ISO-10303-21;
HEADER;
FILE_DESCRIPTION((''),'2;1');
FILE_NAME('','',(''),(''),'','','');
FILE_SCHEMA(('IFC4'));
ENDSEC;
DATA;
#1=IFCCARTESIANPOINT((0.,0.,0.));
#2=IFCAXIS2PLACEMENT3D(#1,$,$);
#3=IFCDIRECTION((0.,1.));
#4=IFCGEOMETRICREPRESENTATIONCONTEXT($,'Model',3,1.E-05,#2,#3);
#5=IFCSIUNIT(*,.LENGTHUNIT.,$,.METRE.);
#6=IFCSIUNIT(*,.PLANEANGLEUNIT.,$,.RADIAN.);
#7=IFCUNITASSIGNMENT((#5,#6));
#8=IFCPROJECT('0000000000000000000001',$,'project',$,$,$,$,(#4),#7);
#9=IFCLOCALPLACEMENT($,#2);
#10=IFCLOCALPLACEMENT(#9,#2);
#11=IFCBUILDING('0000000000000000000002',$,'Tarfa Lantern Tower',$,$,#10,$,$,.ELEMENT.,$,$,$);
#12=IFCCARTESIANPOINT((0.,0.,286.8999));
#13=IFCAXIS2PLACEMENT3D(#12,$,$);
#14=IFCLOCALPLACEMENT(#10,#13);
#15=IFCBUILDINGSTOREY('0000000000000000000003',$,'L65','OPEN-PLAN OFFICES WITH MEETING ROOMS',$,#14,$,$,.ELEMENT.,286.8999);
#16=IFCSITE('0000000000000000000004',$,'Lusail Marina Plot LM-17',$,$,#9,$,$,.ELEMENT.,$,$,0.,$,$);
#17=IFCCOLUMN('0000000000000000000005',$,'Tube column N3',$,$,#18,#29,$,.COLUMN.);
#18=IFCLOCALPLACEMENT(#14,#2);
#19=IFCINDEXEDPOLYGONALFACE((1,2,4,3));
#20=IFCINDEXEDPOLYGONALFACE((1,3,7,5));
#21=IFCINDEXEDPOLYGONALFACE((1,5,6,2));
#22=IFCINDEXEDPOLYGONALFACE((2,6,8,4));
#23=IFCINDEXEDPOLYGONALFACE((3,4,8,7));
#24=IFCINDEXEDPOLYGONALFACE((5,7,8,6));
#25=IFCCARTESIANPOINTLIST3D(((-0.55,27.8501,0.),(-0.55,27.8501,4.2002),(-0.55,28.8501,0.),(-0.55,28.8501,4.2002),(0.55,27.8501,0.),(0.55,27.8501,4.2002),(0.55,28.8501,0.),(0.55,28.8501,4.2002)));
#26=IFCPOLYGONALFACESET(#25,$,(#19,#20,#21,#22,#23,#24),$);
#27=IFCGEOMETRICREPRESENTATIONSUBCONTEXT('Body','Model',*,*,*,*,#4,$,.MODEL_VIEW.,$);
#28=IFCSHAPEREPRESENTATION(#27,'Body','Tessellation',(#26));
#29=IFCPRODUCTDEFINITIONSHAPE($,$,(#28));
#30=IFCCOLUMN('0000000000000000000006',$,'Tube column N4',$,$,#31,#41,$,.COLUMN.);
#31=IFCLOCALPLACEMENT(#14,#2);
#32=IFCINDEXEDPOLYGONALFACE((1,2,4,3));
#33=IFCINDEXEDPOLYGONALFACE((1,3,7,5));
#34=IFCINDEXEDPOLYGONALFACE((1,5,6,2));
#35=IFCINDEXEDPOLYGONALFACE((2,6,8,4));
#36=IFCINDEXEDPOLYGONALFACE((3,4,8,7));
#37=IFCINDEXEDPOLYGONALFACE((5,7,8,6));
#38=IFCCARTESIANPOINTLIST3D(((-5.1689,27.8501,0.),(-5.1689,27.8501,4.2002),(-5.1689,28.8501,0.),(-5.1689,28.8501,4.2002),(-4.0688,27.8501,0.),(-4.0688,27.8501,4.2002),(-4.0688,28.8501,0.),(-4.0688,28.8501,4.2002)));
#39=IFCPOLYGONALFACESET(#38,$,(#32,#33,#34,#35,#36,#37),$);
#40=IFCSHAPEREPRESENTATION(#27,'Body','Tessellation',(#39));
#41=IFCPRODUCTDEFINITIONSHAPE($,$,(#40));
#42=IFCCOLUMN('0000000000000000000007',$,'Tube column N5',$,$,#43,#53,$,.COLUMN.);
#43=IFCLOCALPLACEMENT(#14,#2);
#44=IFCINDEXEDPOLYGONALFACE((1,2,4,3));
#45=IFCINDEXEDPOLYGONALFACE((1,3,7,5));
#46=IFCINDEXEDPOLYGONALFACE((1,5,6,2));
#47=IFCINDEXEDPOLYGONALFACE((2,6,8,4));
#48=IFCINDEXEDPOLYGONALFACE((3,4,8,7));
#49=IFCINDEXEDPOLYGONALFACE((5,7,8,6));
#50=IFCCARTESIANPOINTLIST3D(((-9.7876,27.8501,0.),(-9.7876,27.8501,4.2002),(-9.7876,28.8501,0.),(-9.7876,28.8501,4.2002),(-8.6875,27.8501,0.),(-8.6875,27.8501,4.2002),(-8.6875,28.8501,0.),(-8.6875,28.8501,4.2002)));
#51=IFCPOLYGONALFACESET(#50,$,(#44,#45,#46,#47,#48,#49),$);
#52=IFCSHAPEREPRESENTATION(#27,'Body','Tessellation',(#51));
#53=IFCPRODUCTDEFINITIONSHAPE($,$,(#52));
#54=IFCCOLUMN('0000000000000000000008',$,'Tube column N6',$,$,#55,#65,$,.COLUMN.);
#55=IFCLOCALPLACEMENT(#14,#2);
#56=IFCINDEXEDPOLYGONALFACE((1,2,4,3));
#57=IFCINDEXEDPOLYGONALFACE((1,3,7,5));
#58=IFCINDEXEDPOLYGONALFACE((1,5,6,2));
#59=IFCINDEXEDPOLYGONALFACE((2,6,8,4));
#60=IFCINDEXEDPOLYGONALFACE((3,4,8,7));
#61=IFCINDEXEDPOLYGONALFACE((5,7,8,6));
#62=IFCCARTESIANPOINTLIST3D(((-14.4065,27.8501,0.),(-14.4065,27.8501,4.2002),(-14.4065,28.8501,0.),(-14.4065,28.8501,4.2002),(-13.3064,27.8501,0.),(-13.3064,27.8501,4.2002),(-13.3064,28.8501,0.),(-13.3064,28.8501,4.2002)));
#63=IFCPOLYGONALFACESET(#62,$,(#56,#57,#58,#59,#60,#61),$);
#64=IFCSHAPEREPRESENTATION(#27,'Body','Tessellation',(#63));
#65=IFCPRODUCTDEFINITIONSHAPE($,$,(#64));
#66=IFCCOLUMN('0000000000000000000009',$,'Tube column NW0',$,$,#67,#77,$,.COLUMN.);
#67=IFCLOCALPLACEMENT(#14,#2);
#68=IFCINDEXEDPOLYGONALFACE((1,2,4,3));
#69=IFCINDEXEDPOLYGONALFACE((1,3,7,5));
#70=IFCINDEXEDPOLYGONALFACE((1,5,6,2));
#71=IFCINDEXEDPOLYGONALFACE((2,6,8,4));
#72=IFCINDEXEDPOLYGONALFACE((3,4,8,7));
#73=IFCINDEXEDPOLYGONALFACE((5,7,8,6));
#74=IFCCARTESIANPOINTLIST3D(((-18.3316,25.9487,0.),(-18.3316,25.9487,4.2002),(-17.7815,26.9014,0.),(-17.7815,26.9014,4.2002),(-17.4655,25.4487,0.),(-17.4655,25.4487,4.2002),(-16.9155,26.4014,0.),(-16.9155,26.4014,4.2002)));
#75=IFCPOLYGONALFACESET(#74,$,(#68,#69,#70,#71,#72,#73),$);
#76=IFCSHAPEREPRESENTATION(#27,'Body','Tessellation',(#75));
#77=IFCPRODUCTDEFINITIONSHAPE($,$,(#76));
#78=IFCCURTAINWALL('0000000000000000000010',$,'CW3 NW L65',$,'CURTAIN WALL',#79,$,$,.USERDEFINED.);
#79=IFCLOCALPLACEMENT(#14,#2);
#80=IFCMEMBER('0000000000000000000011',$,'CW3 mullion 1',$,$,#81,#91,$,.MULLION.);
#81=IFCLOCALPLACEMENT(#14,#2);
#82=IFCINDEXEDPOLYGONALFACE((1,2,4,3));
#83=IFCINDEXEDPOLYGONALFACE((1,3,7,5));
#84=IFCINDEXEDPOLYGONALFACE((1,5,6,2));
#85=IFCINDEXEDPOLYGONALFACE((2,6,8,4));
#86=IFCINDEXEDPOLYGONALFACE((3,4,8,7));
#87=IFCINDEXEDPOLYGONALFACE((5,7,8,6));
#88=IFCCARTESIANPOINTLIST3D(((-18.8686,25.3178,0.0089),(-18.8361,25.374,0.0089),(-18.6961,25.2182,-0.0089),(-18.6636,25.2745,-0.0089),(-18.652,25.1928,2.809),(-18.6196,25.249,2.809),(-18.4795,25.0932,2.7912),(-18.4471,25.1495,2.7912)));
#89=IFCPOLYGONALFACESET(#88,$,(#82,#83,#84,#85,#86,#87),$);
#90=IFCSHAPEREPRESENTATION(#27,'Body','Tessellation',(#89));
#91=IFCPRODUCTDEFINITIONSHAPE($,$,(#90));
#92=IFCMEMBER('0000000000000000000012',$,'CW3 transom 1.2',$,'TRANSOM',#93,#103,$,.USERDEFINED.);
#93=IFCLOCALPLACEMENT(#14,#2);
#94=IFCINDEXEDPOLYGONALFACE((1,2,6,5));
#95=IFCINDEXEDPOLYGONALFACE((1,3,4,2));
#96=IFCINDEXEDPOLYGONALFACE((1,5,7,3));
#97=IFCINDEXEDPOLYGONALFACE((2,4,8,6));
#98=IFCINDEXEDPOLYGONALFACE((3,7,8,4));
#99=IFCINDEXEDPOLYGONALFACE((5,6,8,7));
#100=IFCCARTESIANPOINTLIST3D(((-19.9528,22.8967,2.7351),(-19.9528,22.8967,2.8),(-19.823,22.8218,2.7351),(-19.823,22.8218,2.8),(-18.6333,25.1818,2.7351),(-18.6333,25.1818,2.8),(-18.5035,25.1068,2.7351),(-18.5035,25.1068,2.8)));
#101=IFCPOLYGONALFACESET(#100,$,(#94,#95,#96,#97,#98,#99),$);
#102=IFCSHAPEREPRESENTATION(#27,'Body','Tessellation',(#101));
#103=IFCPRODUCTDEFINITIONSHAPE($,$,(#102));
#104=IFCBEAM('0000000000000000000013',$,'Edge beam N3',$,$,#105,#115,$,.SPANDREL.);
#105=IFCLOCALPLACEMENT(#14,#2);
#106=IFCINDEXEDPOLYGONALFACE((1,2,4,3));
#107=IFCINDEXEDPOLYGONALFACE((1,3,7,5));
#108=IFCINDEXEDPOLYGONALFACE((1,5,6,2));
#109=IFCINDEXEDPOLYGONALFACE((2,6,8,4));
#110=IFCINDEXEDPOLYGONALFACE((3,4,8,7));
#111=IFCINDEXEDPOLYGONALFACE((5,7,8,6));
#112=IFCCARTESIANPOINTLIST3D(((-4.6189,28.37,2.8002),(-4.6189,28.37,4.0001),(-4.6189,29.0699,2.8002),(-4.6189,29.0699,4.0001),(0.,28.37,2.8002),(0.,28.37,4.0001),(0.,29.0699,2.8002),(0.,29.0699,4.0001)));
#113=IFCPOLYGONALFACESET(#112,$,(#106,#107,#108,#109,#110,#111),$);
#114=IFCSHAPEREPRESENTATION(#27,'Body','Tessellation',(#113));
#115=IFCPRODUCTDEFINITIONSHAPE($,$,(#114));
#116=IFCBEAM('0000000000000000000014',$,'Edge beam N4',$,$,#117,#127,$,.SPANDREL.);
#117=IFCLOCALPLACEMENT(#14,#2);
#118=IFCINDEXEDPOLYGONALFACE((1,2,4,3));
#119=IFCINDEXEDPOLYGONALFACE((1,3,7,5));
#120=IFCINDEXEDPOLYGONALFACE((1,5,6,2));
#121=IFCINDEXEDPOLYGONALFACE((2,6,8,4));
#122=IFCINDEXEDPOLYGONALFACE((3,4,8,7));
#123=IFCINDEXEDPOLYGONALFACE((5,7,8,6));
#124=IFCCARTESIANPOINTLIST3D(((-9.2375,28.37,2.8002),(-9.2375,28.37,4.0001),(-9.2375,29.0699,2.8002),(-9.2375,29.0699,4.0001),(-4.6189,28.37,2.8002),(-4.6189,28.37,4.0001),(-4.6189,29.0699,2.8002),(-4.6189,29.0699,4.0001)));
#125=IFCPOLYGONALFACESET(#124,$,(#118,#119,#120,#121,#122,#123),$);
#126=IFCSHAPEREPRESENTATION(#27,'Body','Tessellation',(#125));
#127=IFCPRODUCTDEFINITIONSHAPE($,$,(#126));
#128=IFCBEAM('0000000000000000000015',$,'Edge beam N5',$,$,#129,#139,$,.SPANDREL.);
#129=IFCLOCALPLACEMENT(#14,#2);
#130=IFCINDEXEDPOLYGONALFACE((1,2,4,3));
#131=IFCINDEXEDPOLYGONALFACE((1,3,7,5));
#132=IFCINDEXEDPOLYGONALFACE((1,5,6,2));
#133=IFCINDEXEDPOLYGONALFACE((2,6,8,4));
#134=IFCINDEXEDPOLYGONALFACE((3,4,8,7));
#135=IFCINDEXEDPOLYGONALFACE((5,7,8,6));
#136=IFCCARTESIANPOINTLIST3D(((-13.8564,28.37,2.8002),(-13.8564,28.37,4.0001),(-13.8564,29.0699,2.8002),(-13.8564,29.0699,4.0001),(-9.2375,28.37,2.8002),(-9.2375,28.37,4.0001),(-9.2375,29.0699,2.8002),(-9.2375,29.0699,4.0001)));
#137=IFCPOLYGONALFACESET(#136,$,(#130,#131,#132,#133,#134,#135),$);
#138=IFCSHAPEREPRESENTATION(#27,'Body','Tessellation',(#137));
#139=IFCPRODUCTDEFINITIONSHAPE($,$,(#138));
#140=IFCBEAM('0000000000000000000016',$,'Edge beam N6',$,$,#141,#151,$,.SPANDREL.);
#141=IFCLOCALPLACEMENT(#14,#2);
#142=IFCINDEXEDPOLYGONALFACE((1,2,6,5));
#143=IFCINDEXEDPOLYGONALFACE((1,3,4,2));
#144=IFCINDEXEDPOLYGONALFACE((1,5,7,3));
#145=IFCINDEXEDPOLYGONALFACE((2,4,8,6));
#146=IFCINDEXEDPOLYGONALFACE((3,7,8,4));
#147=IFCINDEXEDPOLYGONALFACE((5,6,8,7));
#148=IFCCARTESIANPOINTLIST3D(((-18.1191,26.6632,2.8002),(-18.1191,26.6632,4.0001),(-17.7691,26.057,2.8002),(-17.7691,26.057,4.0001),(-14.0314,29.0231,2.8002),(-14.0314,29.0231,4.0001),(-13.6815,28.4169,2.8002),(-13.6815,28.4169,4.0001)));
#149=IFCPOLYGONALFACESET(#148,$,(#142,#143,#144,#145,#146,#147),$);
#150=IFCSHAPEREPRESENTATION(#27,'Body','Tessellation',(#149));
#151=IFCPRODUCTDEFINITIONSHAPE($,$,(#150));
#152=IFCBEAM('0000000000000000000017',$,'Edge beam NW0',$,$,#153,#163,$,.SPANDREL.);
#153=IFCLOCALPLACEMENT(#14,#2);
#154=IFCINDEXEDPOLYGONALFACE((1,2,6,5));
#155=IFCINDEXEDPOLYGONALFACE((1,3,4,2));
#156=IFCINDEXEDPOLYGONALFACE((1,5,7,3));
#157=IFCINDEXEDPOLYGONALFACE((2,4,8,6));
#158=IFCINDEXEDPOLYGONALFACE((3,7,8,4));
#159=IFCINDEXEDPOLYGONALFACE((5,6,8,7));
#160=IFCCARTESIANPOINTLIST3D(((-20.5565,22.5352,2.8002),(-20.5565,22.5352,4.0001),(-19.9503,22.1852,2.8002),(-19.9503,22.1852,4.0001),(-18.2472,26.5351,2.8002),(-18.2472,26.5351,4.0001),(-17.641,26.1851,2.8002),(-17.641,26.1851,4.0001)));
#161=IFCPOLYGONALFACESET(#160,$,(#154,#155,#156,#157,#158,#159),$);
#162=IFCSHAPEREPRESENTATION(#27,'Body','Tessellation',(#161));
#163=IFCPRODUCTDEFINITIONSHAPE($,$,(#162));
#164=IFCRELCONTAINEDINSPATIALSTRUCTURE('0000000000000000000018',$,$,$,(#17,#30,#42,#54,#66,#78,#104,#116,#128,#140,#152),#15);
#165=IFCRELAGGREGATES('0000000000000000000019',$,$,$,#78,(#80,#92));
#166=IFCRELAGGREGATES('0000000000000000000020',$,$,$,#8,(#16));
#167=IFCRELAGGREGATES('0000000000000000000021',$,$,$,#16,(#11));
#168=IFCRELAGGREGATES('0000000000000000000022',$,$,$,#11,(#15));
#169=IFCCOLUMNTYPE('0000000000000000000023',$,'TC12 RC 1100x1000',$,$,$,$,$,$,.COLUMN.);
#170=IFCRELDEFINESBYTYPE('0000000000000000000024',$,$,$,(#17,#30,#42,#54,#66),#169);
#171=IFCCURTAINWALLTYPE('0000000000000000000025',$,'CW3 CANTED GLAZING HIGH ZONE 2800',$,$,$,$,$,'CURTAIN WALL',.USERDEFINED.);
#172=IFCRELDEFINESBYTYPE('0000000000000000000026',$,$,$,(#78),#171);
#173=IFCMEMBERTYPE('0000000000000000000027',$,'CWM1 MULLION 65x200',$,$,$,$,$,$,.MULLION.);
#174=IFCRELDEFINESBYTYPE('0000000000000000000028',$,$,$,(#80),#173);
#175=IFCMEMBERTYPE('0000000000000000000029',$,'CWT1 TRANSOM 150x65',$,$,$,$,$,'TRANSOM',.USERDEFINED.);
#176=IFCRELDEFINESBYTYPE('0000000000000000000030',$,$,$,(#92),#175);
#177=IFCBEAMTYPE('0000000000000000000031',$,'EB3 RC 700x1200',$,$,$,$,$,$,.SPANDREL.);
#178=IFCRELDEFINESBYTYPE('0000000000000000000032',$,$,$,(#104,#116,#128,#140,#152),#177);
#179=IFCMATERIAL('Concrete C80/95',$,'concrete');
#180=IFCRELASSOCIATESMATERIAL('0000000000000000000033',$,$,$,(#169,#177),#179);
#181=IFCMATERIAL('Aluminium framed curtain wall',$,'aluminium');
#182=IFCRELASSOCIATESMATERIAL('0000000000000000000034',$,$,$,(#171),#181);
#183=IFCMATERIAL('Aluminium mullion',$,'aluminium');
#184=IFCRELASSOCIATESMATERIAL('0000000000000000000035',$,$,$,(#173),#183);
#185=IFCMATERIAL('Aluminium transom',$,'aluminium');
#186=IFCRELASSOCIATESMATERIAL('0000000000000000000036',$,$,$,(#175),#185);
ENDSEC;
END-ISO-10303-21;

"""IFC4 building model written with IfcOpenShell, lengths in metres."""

from ifc_helpers import new_model, si_unit, direction, frame, origin, origin_2d, place, context, subcontext, project, spatial, rectangle, extrude, material, material_profile, profile_set, type_object, element, aggregate, save


model = new_model("IFC4")

# Units and contexts
model_context = context("Model", 3, precision=1e-05, world=origin(), true_north=direction((0.0, 1.0)))
body_context = subcontext(model_context, "Body", "Model", "MODEL_VIEW")
ifc_project = project(units=[si_unit("LENGTHUNIT", "METRE"), si_unit("PLANEANGLEUNIT", "RADIAN")], contexts=[model_context])

# Site, building, storey
site_placement = place(None, origin())
site = spatial("IfcSite", under=ifc_project, at=site_placement, Name="Lusail Marina Plot LM-17", CompositionType="ELEMENT", RefElevation=0.0)
building_placement = place(site_placement, origin())
building = spatial("IfcBuilding", under=site, at=building_placement, Name="Tarfa Lantern Tower", CompositionType="ELEMENT")
storey_placement = place(building_placement, frame((0.0, 0.0, 286.8999)))
storey = spatial("IfcBuildingStorey", under=building, at=storey_placement, Name="L65", Description="OPEN-PLAN OFFICES WITH MEETING ROOMS", CompositionType="ELEMENT", Elevation=286.8999)

# Columns
ifc_material_1 = material(Name="Concrete C80/95", Category="concrete")
ifc_material_profile_1 = material_profile(ifc_material_1, rectangle(XDim=1.1001, YDim=1.0, at=origin_2d()), Name="RC 1100x1000")
ifc_profile_set_1 = profile_set([ifc_material_profile_1], Name="Concrete C80/95")
column_type = type_object("IfcColumnType", Name="TC12 RC 1100x1000", PredefinedType="COLUMN", material=ifc_profile_set_1)
for number, where, z_axis, x_axis, name in (
    (1, (0.0, 28.3501, 0.0), (0.0, 0.0, 1.0), (-1.0, 0.0, 0.0), "Tube column N3"),
    (2, (-4.6189, 28.3501, 0.0), (0.0, 0.0, 1.0), (-1.0, 0.0, 0.0), "Tube column N4"),
    (3, (-9.2375, 28.3501, 0.0), (0.0, 0.0, 1.0), (-1.0, 0.0, 0.0), "Tube column N5"),
    (4, (-13.8564, 28.3501, 0.0), (0.0, 0.0, 1.0), (-1.0, 0.0, 0.0), "Tube column N6"),
    (5, (-17.6235, 26.175, 0.0), (0.0, 0.0, 1.0), (-0.5, -0.866025, 0.0), "Tube column NW0"),
):
    element("IfcColumn", number, at=place(storey_placement, frame(where, z_axis=z_axis, x_axis=x_axis)), inside=storey, type_object=column_type, Name=name, PredefinedType="COLUMN", context=body_context, shape_type="SweptSolid", body=[
        extrude(rectangle(XDim=1.1001, YDim=1.0, at=origin_2d()), origin(), (0.0, 0.0, 1.0), 4.2002),
    ])

# Curtain wall, members
ifc_material_2 = material(Name="Aluminium framed curtain wall", Category="aluminium")
curtain_wall_type = type_object("IfcCurtainWallType", Name="CW3 CANTED GLAZING HIGH ZONE 2800", ElementType="CURTAIN WALL", PredefinedType="USERDEFINED", material=ifc_material_2)
curtain_wall_placement = place(storey_placement, origin())
curtain_wall = element("IfcCurtainWall", 6, at=curtain_wall_placement, inside=storey, type_object=curtain_wall_type, Name="CW3 NW L65", ObjectType="CURTAIN WALL", PredefinedType="USERDEFINED")
ifc_material_3 = material(Name="Aluminium mullion", Category="aluminium")
ifc_material_profile_2 = material_profile(ifc_material_3, rectangle(XDim=0.0649, YDim=0.2, at=origin_2d()), Name="AL MULLION 65x200")
ifc_profile_set_2 = profile_set([ifc_material_profile_2], Name="Aluminium mullion")
member_type_1 = type_object("IfcMemberType", Name="CWM1 MULLION 65x200", PredefinedType="MULLION", material=ifc_profile_set_2)
member_1_placement = place(storey_placement, frame((-18.7661, 25.2961, 0.0), z_axis=(0.077032, -0.044465, 0.996037), x_axis=(0.49992, 0.866072, 0.0)))
member_1 = element("IfcMember", 7, at=member_1_placement, type_object=member_type_1, Name="CW3 mullion 1", PredefinedType="MULLION", context=body_context, shape_type="SweptSolid", body=[
    extrude(rectangle(XDim=0.0649, YDim=0.2, at=origin_2d()), origin(), (0.0, 0.0, 1.0), 2.8113),
])
ifc_material_4 = material(Name="Aluminium transom", Category="aluminium")
ifc_material_profile_3 = material_profile(ifc_material_4, rectangle(XDim=0.1499, YDim=0.0649, at=origin_2d()), Name="AL TRANSOM 150x65")
ifc_profile_set_3 = profile_set([ifc_material_profile_3], Name="Aluminium transom")
member_type_2 = type_object("IfcMemberType", Name="CWT1 TRANSOM 150x65", ElementType="TRANSOM", PredefinedType="USERDEFINED", material=ifc_profile_set_3)
member_2_placement = place(storey_placement, frame((-18.5684, 25.1443, 2.7676), z_axis=(-0.500069, -0.865985, 0.0), x_axis=(0.865985, -0.500069, 0.0)))
member_2 = element("IfcMember", 8, at=member_2_placement, type_object=member_type_2, Name="CW3 transom 1.2", ObjectType="TRANSOM", PredefinedType="USERDEFINED", context=body_context, shape_type="SweptSolid", body=[
    extrude(rectangle(XDim=0.1499, YDim=0.0649, at=origin_2d()), origin(), (0.0, 0.0, 1.0), 2.6387),
])

# Beams
ifc_material_profile_4 = material_profile(ifc_material_1, rectangle(XDim=0.7, YDim=1.2, at=origin_2d()), Name="RC 700x1200")
ifc_profile_set_4 = profile_set([ifc_material_profile_4], Name="Concrete C80/95")
beam_type_1 = type_object("IfcBeamType", Name="EB3 RC 700x1200", PredefinedType="SPANDREL", material=ifc_profile_set_4)
beam_1_placement = place(storey_placement, frame((0.0, 28.72, 3.4001), z_axis=(-1.0, 0.0, 0.0), x_axis=(0.0, -1.0, 0.0)))
element("IfcBeam", 9, at=beam_1_placement, inside=storey, type_object=beam_type_1, Name="Edge beam N3", PredefinedType="SPANDREL", context=body_context, shape_type="SweptSolid", body=[
    extrude(rectangle(XDim=0.7, YDim=1.2, at=origin_2d()), origin(), (0.0, 0.0, 1.0), 4.6189),
])
beam_2_placement = place(storey_placement, frame((-4.6189, 28.72, 3.4001), z_axis=(-1.0, 0.0, 0.0), x_axis=(0.0, -1.0, 0.0)))
element("IfcBeam", 10, at=beam_2_placement, inside=storey, type_object=beam_type_1, Name="Edge beam N4", PredefinedType="SPANDREL", context=body_context, shape_type="SweptSolid", body=[
    extrude(rectangle(XDim=0.7, YDim=1.2, at=origin_2d()), origin(), (0.0, 0.0, 1.0), 4.6187),
])
beam_3_placement = place(storey_placement, frame((-9.2375, 28.72, 3.4001), z_axis=(-1.0, 0.0, 0.0), x_axis=(0.0, -1.0, 0.0)))
element("IfcBeam", 11, at=beam_3_placement, inside=storey, type_object=beam_type_1, Name="Edge beam N5", PredefinedType="SPANDREL", context=body_context, shape_type="SweptSolid", body=[
    extrude(rectangle(XDim=0.7, YDim=1.2, at=origin_2d()), origin(), (0.0, 0.0, 1.0), 4.6189),
])
beam_4_placement = place(storey_placement, frame((-13.8564, 28.72, 3.4001), z_axis=(-0.866038, -0.499978, 0.0), x_axis=(0.499978, -0.866038, 0.0)))
element("IfcBeam", 12, at=beam_4_placement, inside=storey, type_object=beam_type_1, Name="Edge beam N6", PredefinedType="SPANDREL", context=body_context, shape_type="SweptSolid", body=[
    extrude(rectangle(XDim=0.7, YDim=1.2, at=origin_2d()), origin(), (0.0, 0.0, 1.0), 4.72),
])
beam_5_placement = place(storey_placement, frame((-17.9441, 26.3601, 3.4001), z_axis=(-0.499988, -0.866032, 0.0), x_axis=(0.866032, -0.499988, 0.0)))
element("IfcBeam", 13, at=beam_5_placement, inside=storey, type_object=beam_type_1, Name="Edge beam NW0", PredefinedType="SPANDREL", context=body_context, shape_type="SweptSolid", body=[
    extrude(rectangle(XDim=0.7, YDim=1.2, at=origin_2d()), origin(), (0.0, 0.0, 1.0), 4.6187),
])

aggregate(curtain_wall, [member_1, member_2])

save(model, "model.ifc")
